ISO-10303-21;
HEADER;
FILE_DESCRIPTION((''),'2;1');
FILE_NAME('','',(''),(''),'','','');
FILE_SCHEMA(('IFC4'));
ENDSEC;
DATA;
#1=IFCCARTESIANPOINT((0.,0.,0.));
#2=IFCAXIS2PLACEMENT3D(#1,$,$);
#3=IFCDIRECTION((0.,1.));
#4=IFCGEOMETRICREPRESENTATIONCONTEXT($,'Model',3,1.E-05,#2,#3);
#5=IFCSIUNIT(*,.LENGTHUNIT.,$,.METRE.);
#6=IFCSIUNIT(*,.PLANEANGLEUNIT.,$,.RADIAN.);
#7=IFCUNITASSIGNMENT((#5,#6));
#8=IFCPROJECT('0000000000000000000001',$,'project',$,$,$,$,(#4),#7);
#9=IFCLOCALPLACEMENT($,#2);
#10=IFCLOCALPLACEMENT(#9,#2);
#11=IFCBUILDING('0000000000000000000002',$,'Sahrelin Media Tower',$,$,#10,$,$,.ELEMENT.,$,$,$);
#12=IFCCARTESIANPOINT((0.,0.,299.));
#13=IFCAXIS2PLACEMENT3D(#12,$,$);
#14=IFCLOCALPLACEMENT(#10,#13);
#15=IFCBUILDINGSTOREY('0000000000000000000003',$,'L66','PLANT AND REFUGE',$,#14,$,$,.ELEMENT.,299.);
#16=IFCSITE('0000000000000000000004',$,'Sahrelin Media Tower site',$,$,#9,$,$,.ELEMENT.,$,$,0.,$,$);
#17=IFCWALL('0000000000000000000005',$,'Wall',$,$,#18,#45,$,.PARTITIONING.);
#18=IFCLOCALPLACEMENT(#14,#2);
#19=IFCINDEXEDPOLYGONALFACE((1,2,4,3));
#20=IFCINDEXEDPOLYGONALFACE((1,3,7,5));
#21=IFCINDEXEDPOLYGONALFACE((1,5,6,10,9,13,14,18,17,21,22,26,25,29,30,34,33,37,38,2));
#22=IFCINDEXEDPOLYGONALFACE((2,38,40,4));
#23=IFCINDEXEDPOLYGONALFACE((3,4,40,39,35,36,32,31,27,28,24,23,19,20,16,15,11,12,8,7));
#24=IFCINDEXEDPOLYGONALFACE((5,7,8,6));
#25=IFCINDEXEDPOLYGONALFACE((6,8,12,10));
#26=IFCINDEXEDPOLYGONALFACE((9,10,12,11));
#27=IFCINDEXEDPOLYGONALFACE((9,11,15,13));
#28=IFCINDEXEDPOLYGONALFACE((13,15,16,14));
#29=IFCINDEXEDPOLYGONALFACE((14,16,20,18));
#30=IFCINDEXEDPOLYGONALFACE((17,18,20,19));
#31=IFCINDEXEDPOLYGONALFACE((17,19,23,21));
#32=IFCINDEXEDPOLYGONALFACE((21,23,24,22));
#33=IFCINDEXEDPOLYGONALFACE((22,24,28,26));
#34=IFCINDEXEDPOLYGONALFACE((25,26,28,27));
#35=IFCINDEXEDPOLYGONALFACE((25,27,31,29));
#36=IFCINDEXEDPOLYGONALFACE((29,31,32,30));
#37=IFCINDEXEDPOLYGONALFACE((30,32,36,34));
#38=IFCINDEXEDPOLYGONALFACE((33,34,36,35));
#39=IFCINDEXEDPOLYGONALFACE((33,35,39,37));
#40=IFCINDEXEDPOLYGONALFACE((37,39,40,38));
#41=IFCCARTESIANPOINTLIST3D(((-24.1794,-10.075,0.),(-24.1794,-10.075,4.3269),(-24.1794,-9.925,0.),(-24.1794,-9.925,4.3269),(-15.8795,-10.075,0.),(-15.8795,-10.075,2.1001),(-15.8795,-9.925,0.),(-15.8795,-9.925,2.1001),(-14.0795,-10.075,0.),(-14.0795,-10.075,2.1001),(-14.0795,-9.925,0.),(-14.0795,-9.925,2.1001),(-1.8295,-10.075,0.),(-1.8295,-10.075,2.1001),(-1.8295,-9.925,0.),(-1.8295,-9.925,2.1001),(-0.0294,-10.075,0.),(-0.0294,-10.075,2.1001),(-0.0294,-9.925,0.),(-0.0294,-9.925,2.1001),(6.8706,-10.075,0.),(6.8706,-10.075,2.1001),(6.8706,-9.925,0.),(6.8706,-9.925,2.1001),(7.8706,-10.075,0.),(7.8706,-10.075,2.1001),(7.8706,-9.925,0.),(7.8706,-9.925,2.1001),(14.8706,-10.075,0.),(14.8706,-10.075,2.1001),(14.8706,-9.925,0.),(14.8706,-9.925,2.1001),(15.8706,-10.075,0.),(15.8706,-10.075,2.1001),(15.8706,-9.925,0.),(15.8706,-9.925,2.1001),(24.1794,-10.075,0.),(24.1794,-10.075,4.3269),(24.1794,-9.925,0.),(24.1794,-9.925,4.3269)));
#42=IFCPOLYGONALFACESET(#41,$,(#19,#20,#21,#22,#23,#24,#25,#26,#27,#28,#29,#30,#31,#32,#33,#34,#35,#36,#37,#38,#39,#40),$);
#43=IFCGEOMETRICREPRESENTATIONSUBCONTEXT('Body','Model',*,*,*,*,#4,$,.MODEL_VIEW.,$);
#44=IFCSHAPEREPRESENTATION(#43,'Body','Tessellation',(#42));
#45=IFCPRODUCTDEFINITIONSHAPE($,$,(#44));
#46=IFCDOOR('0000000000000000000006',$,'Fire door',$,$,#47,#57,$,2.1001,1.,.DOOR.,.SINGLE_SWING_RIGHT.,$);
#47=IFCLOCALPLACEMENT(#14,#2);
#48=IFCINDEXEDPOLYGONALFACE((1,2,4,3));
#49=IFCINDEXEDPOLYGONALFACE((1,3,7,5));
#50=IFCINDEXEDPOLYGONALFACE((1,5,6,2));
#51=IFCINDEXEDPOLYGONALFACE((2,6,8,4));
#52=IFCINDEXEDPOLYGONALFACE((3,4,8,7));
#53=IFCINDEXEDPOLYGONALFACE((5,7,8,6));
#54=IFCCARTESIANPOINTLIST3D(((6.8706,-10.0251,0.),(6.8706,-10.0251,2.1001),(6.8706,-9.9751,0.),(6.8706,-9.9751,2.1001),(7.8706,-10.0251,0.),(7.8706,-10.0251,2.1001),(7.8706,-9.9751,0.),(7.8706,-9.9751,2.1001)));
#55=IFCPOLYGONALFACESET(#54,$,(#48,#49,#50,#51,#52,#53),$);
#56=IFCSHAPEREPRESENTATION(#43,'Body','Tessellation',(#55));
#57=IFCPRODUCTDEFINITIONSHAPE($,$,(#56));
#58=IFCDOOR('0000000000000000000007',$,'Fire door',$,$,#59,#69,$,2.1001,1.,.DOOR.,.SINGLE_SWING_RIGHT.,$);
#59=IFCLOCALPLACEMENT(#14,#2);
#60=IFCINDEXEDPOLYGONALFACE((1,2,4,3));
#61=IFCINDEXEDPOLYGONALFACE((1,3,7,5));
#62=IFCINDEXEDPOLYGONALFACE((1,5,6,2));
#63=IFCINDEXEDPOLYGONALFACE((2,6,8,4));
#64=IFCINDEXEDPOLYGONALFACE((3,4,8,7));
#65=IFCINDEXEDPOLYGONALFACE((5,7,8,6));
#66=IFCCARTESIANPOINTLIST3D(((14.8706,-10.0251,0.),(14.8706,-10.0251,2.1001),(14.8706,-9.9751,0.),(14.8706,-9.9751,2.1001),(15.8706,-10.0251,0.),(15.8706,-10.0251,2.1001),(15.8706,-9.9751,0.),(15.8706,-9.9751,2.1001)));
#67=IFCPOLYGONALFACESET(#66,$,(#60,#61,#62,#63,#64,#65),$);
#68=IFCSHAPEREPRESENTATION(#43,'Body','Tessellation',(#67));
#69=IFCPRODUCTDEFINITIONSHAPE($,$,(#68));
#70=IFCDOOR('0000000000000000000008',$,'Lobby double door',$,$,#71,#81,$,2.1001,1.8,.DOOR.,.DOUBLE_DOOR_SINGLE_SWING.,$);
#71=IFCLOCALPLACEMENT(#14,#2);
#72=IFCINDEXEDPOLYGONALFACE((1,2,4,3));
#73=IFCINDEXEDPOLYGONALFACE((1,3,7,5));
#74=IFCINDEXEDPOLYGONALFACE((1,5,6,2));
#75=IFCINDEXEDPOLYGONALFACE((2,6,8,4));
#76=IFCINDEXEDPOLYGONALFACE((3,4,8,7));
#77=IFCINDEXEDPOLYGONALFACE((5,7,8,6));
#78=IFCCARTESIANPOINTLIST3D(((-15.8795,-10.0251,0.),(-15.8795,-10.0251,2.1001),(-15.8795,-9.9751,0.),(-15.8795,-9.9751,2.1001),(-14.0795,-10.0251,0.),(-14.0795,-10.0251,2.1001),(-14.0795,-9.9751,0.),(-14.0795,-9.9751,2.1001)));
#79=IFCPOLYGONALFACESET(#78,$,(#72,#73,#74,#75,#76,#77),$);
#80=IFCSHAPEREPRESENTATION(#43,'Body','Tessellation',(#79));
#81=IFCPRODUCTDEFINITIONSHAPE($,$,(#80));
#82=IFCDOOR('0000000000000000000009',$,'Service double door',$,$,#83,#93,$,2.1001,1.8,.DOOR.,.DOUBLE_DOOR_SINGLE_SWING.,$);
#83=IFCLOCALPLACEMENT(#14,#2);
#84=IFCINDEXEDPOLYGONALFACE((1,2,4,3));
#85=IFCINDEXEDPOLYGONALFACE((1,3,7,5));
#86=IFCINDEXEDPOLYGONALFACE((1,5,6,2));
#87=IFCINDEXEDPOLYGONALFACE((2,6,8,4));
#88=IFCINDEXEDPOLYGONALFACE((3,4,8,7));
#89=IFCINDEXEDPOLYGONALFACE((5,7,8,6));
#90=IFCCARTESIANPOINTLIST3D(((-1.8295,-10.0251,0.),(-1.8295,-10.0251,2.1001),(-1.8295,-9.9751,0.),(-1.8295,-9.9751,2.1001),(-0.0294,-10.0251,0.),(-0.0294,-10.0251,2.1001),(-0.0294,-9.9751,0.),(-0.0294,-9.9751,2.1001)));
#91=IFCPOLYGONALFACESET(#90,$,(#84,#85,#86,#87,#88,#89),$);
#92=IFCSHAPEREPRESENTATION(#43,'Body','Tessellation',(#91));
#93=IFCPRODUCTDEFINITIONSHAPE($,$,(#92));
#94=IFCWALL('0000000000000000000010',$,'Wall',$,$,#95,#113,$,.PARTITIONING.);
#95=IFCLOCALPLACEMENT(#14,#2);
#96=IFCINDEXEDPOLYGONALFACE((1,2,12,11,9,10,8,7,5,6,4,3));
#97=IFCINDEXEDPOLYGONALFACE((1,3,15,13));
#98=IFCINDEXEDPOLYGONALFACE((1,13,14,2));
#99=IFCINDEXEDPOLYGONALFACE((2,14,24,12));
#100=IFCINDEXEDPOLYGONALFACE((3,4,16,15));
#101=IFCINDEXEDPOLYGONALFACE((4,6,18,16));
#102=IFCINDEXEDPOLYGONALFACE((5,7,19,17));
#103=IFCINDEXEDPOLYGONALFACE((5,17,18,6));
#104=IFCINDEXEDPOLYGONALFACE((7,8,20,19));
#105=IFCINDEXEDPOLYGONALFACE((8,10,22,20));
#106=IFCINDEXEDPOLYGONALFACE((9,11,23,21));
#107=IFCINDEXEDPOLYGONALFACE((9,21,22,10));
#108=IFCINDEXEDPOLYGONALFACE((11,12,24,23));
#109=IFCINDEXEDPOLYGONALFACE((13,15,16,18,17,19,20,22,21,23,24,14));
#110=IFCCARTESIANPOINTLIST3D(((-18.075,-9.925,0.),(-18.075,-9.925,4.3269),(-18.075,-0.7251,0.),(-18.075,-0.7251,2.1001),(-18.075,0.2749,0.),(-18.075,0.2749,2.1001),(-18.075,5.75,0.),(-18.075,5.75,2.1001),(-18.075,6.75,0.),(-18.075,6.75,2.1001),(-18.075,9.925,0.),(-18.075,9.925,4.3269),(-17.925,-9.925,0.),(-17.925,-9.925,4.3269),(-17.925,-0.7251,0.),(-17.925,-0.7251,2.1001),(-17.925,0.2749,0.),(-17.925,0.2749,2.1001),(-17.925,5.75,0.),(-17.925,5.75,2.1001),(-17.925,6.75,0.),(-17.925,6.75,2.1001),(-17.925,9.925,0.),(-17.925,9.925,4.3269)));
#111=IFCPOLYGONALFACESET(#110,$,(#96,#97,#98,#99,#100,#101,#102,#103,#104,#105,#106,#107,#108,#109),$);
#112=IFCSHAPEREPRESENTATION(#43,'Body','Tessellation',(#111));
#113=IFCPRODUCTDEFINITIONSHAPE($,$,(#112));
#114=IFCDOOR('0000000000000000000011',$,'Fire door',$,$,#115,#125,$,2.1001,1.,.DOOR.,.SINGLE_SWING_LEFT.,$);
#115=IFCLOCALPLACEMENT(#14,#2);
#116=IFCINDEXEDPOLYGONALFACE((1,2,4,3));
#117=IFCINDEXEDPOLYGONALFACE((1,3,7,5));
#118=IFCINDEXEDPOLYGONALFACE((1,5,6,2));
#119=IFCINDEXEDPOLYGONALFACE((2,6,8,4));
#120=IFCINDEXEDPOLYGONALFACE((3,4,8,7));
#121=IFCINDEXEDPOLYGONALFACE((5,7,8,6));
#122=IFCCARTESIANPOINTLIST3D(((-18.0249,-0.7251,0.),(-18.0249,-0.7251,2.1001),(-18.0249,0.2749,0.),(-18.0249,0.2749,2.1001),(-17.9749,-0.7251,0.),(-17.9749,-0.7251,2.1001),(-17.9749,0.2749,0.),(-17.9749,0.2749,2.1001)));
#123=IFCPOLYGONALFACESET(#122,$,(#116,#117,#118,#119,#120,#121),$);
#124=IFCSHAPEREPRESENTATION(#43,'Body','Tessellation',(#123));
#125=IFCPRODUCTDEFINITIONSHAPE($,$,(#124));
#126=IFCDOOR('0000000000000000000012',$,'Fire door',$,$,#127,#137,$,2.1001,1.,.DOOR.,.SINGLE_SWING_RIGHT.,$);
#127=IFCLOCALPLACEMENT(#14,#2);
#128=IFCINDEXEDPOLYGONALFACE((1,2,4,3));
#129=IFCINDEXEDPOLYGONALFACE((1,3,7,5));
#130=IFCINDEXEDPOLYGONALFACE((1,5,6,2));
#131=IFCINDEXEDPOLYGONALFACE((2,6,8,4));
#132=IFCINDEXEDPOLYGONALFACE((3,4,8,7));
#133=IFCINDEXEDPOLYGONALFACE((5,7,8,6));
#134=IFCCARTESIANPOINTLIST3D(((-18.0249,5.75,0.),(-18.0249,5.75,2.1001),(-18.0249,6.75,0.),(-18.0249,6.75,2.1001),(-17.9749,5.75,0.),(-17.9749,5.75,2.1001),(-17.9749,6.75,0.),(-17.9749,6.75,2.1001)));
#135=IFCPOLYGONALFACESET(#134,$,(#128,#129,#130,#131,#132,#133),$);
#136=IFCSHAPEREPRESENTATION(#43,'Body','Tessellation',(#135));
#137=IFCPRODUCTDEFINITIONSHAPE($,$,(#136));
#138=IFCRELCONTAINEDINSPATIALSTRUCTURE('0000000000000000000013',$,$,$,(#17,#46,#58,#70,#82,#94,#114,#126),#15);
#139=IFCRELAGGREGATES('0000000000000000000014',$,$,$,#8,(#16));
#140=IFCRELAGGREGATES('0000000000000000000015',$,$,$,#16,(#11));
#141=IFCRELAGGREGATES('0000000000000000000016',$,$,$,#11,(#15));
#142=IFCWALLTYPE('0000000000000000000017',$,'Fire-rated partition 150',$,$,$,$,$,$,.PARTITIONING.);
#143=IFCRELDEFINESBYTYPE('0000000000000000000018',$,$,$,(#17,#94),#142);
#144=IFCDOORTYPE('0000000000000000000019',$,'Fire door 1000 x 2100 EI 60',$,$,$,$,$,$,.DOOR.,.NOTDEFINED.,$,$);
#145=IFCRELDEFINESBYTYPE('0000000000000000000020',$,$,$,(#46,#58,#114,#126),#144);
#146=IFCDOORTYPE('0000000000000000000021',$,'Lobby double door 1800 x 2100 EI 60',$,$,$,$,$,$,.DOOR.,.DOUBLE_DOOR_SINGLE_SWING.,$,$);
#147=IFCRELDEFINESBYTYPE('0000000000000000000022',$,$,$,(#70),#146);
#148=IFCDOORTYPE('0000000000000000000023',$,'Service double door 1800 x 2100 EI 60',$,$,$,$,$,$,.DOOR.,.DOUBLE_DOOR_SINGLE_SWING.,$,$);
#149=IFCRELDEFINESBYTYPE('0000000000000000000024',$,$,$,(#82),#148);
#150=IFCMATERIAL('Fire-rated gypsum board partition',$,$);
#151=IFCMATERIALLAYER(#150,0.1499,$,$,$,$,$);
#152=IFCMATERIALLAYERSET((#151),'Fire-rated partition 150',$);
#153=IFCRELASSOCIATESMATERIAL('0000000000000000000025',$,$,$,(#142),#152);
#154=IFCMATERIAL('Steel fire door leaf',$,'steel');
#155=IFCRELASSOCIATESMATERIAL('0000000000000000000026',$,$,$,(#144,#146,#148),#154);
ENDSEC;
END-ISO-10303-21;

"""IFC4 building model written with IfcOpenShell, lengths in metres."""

from ifc_helpers import new_model, si_unit, direction, frame, frame_2d, origin, place, context, subcontext, project, spatial, rectangle, extrude, material, layer, layer_set, type_object, element, fill, save


model = new_model("IFC4")

# Units and contexts
model_context = context("Model", 3, precision=1e-05, world=origin(), true_north=direction((0.0, 1.0)))
body_context = subcontext(model_context, "Body", "Model", "MODEL_VIEW")
ifc_project = project(units=[si_unit("LENGTHUNIT", "METRE"), si_unit("PLANEANGLEUNIT", "RADIAN")], contexts=[model_context])

# Site, building, storey
site_placement = place(None, origin())
site = spatial("IfcSite", under=ifc_project, at=site_placement, Name="Sahrelin Media Tower site", CompositionType="ELEMENT", RefElevation=0.0)
building_placement = place(site_placement, origin())
building = spatial("IfcBuilding", under=site, at=building_placement, Name="Sahrelin Media Tower", CompositionType="ELEMENT")
storey_placement = place(building_placement, frame((0.0, 0.0, 299.0)))
storey = spatial("IfcBuildingStorey", under=building, at=storey_placement, Name="L66", Description="PLANT AND REFUGE", CompositionType="ELEMENT", Elevation=299.0)

# Walls, openings, doors
ifc_material_1 = material(Name="Fire-rated gypsum board partition")
ifc_layer = layer(ifc_material_1, 0.1499)
ifc_layer_set = layer_set([ifc_layer], Name="Fire-rated partition 150")
wall_type = type_object("IfcWallType", Name="Fire-rated partition 150", PredefinedType="PARTITIONING", material=ifc_layer_set)
wall_1_placement = place(storey_placement, frame((-24.1794, -10.0, 0.0), z_axis=(0.0, 0.0, 1.0), x_axis=(1.0, 0.0, 0.0)))
wall_1 = element("IfcWall", 1, at=wall_1_placement, inside=storey, type_object=wall_type, Name="Wall", PredefinedType="PARTITIONING", context=body_context, shape_type="SweptSolid", body=[
    extrude(rectangle(XDim=48.3589, YDim=0.1499, at=frame_2d((24.1794, 0.0))), origin(), (0.0, 0.0, 1.0), 4.3269),
])
opening_1_placement = place(wall_1_placement, frame((31.05, 0.0, 0.0)))
opening_1 = element("IfcOpeningElement", 2, at=opening_1_placement, cuts=wall_1, PredefinedType="OPENING", context=body_context, shape_type="SweptSolid", body=[
    extrude(rectangle(XDim=1.0, YDim=2.1001, at=frame_2d((0.5, 1.05))), frame((0.0, 0.075, 0.0), z_axis=(0.0, -1.0, 0.0), x_axis=(1.0, 0.0, 0.0)), (0.0, 0.0, 1.0), 0.1499),
])
opening_2_placement = place(wall_1_placement, frame((39.05, 0.0, 0.0)))
opening_2 = element("IfcOpeningElement", 3, at=opening_2_placement, cuts=wall_1, PredefinedType="OPENING", context=body_context, shape_type="SweptSolid", body=[
    extrude(rectangle(XDim=1.0, YDim=2.1001, at=frame_2d((0.5, 1.05))), frame((0.0, 0.075, 0.0), z_axis=(0.0, -1.0, 0.0), x_axis=(1.0, 0.0, 0.0)), (0.0, 0.0, 1.0), 0.1499),
])
opening_3_placement = place(wall_1_placement, frame((8.3, 0.0, 0.0)))
opening_3 = element("IfcOpeningElement", 4, at=opening_3_placement, cuts=wall_1, PredefinedType="OPENING", context=body_context, shape_type="SweptSolid", body=[
    extrude(rectangle(XDim=1.8, YDim=2.1001, at=frame_2d((0.8999, 1.05))), frame((0.0, 0.075, 0.0), z_axis=(0.0, -1.0, 0.0), x_axis=(1.0, 0.0, 0.0)), (0.0, 0.0, 1.0), 0.1499),
])
opening_4_placement = place(wall_1_placement, frame((22.3501, 0.0, 0.0)))
opening_4 = element("IfcOpeningElement", 5, at=opening_4_placement, cuts=wall_1, PredefinedType="OPENING", context=body_context, shape_type="SweptSolid", body=[
    extrude(rectangle(XDim=1.8, YDim=2.1001, at=frame_2d((0.8999, 1.05))), frame((0.0, 0.075, 0.0), z_axis=(0.0, -1.0, 0.0), x_axis=(1.0, 0.0, 0.0)), (0.0, 0.0, 1.0), 0.1499),
])
ifc_material_2 = material(Name="Steel fire door leaf", Category="steel")
door_type_1 = type_object("IfcDoorType", Name="Fire door 1000 x 2100 EI 60", OperationType="NOTDEFINED", PredefinedType="DOOR", material=ifc_material_2)
door_1_placement = place(opening_1_placement, origin())
door_1 = element("IfcDoor", 6, at=door_1_placement, inside=storey, type_object=door_type_1, Name="Fire door", OperationType="SINGLE_SWING_RIGHT", OverallHeight=2.1001, OverallWidth=1.0, PredefinedType="DOOR", context=body_context, shape_type="SweptSolid", body=[
    extrude(rectangle(XDim=1.0, YDim=2.1001, at=frame_2d((0.5, 1.05))), frame((0.0, 0.0249, 0.0), z_axis=(0.0, -1.0, 0.0), x_axis=(1.0, 0.0, 0.0)), (0.0, 0.0, 1.0), 0.05),
])
fill(opening_1, door_1)
door_2_placement = place(opening_2_placement, origin())
door_2 = element("IfcDoor", 7, at=door_2_placement, inside=storey, type_object=door_type_1, Name="Fire door", OperationType="SINGLE_SWING_RIGHT", OverallHeight=2.1001, OverallWidth=1.0, PredefinedType="DOOR", context=body_context, shape_type="SweptSolid", body=[
    extrude(rectangle(XDim=1.0, YDim=2.1001, at=frame_2d((0.5, 1.05))), frame((0.0, 0.0249, 0.0), z_axis=(0.0, -1.0, 0.0), x_axis=(1.0, 0.0, 0.0)), (0.0, 0.0, 1.0), 0.05),
])
fill(opening_2, door_2)
door_type_2 = type_object("IfcDoorType", Name="Lobby double door 1800 x 2100 EI 60", OperationType="DOUBLE_DOOR_SINGLE_SWING", PredefinedType="DOOR", material=ifc_material_2)
door_3_placement = place(opening_3_placement, origin())
door_3 = element("IfcDoor", 8, at=door_3_placement, inside=storey, type_object=door_type_2, Name="Lobby double door", OperationType="DOUBLE_DOOR_SINGLE_SWING", OverallHeight=2.1001, OverallWidth=1.8, PredefinedType="DOOR", context=body_context, shape_type="SweptSolid", body=[
    extrude(rectangle(XDim=1.8, YDim=2.1001, at=frame_2d((0.8999, 1.05))), frame((0.0, 0.0249, 0.0), z_axis=(0.0, -1.0, 0.0), x_axis=(1.0, 0.0, 0.0)), (0.0, 0.0, 1.0), 0.05),
])
fill(opening_3, door_3)
door_type_3 = type_object("IfcDoorType", Name="Service double door 1800 x 2100 EI 60", OperationType="DOUBLE_DOOR_SINGLE_SWING", PredefinedType="DOOR", material=ifc_material_2)
door_4_placement = place(opening_4_placement, origin())
door_4 = element("IfcDoor", 9, at=door_4_placement, inside=storey, type_object=door_type_3, Name="Service double door", OperationType="DOUBLE_DOOR_SINGLE_SWING", OverallHeight=2.1001, OverallWidth=1.8, PredefinedType="DOOR", context=body_context, shape_type="SweptSolid", body=[
    extrude(rectangle(XDim=1.8, YDim=2.1001, at=frame_2d((0.8999, 1.05))), frame((0.0, 0.0249, 0.0), z_axis=(0.0, -1.0, 0.0), x_axis=(1.0, 0.0, 0.0)), (0.0, 0.0, 1.0), 0.05),
])
fill(opening_4, door_4)
wall_2_placement = place(storey_placement, frame((-18.0, -9.925, 0.0), z_axis=(0.0, 0.0, 1.0), x_axis=(0.0, 1.0, 0.0)))
wall_2 = element("IfcWall", 10, at=wall_2_placement, inside=storey, type_object=wall_type, Name="Wall", PredefinedType="PARTITIONING", context=body_context, shape_type="SweptSolid", body=[
    extrude(rectangle(XDim=19.8501, YDim=0.1499, at=frame_2d((9.925, 0.0))), origin(), (0.0, 0.0, 1.0), 4.3269),
])
opening_5_placement = place(wall_2_placement, frame((9.2, 0.0, 0.0)))
opening_5 = element("IfcOpeningElement", 11, at=opening_5_placement, cuts=wall_2, PredefinedType="OPENING", context=body_context, shape_type="SweptSolid", body=[
    extrude(rectangle(XDim=1.0, YDim=2.1001, at=frame_2d((0.5, 1.05))), frame((0.0, 0.075, 0.0), z_axis=(0.0, -1.0, 0.0), x_axis=(1.0, 0.0, 0.0)), (0.0, 0.0, 1.0), 0.1499),
])
opening_6_placement = place(wall_2_placement, frame((15.675, 0.0, 0.0)))
opening_6 = element("IfcOpeningElement", 12, at=opening_6_placement, cuts=wall_2, PredefinedType="OPENING", context=body_context, shape_type="SweptSolid", body=[
    extrude(rectangle(XDim=1.0, YDim=2.1001, at=frame_2d((0.5, 1.05))), frame((0.0, 0.075, 0.0), z_axis=(0.0, -1.0, 0.0), x_axis=(1.0, 0.0, 0.0)), (0.0, 0.0, 1.0), 0.1499),
])
door_5_placement = place(opening_5_placement, origin())
door_5 = element("IfcDoor", 13, at=door_5_placement, inside=storey, type_object=door_type_1, Name="Fire door", OperationType="SINGLE_SWING_LEFT", OverallHeight=2.1001, OverallWidth=1.0, PredefinedType="DOOR", context=body_context, shape_type="SweptSolid", body=[
    extrude(rectangle(XDim=1.0, YDim=2.1001, at=frame_2d((0.5, 1.05))), frame((0.0, 0.0249, 0.0), z_axis=(0.0, -1.0, 0.0), x_axis=(1.0, 0.0, 0.0)), (0.0, 0.0, 1.0), 0.05),
])
fill(opening_5, door_5)
door_6_placement = place(opening_6_placement, origin())
door_6 = element("IfcDoor", 14, at=door_6_placement, inside=storey, type_object=door_type_1, Name="Fire door", OperationType="SINGLE_SWING_RIGHT", OverallHeight=2.1001, OverallWidth=1.0, PredefinedType="DOOR", context=body_context, shape_type="SweptSolid", body=[
    extrude(rectangle(XDim=1.0, YDim=2.1001, at=frame_2d((0.5, 1.05))), frame((0.0, 0.0249, 0.0), z_axis=(0.0, -1.0, 0.0), x_axis=(1.0, 0.0, 0.0)), (0.0, 0.0, 1.0), 0.05),
])
fill(opening_6, door_6)

save(model, "model.ifc")
